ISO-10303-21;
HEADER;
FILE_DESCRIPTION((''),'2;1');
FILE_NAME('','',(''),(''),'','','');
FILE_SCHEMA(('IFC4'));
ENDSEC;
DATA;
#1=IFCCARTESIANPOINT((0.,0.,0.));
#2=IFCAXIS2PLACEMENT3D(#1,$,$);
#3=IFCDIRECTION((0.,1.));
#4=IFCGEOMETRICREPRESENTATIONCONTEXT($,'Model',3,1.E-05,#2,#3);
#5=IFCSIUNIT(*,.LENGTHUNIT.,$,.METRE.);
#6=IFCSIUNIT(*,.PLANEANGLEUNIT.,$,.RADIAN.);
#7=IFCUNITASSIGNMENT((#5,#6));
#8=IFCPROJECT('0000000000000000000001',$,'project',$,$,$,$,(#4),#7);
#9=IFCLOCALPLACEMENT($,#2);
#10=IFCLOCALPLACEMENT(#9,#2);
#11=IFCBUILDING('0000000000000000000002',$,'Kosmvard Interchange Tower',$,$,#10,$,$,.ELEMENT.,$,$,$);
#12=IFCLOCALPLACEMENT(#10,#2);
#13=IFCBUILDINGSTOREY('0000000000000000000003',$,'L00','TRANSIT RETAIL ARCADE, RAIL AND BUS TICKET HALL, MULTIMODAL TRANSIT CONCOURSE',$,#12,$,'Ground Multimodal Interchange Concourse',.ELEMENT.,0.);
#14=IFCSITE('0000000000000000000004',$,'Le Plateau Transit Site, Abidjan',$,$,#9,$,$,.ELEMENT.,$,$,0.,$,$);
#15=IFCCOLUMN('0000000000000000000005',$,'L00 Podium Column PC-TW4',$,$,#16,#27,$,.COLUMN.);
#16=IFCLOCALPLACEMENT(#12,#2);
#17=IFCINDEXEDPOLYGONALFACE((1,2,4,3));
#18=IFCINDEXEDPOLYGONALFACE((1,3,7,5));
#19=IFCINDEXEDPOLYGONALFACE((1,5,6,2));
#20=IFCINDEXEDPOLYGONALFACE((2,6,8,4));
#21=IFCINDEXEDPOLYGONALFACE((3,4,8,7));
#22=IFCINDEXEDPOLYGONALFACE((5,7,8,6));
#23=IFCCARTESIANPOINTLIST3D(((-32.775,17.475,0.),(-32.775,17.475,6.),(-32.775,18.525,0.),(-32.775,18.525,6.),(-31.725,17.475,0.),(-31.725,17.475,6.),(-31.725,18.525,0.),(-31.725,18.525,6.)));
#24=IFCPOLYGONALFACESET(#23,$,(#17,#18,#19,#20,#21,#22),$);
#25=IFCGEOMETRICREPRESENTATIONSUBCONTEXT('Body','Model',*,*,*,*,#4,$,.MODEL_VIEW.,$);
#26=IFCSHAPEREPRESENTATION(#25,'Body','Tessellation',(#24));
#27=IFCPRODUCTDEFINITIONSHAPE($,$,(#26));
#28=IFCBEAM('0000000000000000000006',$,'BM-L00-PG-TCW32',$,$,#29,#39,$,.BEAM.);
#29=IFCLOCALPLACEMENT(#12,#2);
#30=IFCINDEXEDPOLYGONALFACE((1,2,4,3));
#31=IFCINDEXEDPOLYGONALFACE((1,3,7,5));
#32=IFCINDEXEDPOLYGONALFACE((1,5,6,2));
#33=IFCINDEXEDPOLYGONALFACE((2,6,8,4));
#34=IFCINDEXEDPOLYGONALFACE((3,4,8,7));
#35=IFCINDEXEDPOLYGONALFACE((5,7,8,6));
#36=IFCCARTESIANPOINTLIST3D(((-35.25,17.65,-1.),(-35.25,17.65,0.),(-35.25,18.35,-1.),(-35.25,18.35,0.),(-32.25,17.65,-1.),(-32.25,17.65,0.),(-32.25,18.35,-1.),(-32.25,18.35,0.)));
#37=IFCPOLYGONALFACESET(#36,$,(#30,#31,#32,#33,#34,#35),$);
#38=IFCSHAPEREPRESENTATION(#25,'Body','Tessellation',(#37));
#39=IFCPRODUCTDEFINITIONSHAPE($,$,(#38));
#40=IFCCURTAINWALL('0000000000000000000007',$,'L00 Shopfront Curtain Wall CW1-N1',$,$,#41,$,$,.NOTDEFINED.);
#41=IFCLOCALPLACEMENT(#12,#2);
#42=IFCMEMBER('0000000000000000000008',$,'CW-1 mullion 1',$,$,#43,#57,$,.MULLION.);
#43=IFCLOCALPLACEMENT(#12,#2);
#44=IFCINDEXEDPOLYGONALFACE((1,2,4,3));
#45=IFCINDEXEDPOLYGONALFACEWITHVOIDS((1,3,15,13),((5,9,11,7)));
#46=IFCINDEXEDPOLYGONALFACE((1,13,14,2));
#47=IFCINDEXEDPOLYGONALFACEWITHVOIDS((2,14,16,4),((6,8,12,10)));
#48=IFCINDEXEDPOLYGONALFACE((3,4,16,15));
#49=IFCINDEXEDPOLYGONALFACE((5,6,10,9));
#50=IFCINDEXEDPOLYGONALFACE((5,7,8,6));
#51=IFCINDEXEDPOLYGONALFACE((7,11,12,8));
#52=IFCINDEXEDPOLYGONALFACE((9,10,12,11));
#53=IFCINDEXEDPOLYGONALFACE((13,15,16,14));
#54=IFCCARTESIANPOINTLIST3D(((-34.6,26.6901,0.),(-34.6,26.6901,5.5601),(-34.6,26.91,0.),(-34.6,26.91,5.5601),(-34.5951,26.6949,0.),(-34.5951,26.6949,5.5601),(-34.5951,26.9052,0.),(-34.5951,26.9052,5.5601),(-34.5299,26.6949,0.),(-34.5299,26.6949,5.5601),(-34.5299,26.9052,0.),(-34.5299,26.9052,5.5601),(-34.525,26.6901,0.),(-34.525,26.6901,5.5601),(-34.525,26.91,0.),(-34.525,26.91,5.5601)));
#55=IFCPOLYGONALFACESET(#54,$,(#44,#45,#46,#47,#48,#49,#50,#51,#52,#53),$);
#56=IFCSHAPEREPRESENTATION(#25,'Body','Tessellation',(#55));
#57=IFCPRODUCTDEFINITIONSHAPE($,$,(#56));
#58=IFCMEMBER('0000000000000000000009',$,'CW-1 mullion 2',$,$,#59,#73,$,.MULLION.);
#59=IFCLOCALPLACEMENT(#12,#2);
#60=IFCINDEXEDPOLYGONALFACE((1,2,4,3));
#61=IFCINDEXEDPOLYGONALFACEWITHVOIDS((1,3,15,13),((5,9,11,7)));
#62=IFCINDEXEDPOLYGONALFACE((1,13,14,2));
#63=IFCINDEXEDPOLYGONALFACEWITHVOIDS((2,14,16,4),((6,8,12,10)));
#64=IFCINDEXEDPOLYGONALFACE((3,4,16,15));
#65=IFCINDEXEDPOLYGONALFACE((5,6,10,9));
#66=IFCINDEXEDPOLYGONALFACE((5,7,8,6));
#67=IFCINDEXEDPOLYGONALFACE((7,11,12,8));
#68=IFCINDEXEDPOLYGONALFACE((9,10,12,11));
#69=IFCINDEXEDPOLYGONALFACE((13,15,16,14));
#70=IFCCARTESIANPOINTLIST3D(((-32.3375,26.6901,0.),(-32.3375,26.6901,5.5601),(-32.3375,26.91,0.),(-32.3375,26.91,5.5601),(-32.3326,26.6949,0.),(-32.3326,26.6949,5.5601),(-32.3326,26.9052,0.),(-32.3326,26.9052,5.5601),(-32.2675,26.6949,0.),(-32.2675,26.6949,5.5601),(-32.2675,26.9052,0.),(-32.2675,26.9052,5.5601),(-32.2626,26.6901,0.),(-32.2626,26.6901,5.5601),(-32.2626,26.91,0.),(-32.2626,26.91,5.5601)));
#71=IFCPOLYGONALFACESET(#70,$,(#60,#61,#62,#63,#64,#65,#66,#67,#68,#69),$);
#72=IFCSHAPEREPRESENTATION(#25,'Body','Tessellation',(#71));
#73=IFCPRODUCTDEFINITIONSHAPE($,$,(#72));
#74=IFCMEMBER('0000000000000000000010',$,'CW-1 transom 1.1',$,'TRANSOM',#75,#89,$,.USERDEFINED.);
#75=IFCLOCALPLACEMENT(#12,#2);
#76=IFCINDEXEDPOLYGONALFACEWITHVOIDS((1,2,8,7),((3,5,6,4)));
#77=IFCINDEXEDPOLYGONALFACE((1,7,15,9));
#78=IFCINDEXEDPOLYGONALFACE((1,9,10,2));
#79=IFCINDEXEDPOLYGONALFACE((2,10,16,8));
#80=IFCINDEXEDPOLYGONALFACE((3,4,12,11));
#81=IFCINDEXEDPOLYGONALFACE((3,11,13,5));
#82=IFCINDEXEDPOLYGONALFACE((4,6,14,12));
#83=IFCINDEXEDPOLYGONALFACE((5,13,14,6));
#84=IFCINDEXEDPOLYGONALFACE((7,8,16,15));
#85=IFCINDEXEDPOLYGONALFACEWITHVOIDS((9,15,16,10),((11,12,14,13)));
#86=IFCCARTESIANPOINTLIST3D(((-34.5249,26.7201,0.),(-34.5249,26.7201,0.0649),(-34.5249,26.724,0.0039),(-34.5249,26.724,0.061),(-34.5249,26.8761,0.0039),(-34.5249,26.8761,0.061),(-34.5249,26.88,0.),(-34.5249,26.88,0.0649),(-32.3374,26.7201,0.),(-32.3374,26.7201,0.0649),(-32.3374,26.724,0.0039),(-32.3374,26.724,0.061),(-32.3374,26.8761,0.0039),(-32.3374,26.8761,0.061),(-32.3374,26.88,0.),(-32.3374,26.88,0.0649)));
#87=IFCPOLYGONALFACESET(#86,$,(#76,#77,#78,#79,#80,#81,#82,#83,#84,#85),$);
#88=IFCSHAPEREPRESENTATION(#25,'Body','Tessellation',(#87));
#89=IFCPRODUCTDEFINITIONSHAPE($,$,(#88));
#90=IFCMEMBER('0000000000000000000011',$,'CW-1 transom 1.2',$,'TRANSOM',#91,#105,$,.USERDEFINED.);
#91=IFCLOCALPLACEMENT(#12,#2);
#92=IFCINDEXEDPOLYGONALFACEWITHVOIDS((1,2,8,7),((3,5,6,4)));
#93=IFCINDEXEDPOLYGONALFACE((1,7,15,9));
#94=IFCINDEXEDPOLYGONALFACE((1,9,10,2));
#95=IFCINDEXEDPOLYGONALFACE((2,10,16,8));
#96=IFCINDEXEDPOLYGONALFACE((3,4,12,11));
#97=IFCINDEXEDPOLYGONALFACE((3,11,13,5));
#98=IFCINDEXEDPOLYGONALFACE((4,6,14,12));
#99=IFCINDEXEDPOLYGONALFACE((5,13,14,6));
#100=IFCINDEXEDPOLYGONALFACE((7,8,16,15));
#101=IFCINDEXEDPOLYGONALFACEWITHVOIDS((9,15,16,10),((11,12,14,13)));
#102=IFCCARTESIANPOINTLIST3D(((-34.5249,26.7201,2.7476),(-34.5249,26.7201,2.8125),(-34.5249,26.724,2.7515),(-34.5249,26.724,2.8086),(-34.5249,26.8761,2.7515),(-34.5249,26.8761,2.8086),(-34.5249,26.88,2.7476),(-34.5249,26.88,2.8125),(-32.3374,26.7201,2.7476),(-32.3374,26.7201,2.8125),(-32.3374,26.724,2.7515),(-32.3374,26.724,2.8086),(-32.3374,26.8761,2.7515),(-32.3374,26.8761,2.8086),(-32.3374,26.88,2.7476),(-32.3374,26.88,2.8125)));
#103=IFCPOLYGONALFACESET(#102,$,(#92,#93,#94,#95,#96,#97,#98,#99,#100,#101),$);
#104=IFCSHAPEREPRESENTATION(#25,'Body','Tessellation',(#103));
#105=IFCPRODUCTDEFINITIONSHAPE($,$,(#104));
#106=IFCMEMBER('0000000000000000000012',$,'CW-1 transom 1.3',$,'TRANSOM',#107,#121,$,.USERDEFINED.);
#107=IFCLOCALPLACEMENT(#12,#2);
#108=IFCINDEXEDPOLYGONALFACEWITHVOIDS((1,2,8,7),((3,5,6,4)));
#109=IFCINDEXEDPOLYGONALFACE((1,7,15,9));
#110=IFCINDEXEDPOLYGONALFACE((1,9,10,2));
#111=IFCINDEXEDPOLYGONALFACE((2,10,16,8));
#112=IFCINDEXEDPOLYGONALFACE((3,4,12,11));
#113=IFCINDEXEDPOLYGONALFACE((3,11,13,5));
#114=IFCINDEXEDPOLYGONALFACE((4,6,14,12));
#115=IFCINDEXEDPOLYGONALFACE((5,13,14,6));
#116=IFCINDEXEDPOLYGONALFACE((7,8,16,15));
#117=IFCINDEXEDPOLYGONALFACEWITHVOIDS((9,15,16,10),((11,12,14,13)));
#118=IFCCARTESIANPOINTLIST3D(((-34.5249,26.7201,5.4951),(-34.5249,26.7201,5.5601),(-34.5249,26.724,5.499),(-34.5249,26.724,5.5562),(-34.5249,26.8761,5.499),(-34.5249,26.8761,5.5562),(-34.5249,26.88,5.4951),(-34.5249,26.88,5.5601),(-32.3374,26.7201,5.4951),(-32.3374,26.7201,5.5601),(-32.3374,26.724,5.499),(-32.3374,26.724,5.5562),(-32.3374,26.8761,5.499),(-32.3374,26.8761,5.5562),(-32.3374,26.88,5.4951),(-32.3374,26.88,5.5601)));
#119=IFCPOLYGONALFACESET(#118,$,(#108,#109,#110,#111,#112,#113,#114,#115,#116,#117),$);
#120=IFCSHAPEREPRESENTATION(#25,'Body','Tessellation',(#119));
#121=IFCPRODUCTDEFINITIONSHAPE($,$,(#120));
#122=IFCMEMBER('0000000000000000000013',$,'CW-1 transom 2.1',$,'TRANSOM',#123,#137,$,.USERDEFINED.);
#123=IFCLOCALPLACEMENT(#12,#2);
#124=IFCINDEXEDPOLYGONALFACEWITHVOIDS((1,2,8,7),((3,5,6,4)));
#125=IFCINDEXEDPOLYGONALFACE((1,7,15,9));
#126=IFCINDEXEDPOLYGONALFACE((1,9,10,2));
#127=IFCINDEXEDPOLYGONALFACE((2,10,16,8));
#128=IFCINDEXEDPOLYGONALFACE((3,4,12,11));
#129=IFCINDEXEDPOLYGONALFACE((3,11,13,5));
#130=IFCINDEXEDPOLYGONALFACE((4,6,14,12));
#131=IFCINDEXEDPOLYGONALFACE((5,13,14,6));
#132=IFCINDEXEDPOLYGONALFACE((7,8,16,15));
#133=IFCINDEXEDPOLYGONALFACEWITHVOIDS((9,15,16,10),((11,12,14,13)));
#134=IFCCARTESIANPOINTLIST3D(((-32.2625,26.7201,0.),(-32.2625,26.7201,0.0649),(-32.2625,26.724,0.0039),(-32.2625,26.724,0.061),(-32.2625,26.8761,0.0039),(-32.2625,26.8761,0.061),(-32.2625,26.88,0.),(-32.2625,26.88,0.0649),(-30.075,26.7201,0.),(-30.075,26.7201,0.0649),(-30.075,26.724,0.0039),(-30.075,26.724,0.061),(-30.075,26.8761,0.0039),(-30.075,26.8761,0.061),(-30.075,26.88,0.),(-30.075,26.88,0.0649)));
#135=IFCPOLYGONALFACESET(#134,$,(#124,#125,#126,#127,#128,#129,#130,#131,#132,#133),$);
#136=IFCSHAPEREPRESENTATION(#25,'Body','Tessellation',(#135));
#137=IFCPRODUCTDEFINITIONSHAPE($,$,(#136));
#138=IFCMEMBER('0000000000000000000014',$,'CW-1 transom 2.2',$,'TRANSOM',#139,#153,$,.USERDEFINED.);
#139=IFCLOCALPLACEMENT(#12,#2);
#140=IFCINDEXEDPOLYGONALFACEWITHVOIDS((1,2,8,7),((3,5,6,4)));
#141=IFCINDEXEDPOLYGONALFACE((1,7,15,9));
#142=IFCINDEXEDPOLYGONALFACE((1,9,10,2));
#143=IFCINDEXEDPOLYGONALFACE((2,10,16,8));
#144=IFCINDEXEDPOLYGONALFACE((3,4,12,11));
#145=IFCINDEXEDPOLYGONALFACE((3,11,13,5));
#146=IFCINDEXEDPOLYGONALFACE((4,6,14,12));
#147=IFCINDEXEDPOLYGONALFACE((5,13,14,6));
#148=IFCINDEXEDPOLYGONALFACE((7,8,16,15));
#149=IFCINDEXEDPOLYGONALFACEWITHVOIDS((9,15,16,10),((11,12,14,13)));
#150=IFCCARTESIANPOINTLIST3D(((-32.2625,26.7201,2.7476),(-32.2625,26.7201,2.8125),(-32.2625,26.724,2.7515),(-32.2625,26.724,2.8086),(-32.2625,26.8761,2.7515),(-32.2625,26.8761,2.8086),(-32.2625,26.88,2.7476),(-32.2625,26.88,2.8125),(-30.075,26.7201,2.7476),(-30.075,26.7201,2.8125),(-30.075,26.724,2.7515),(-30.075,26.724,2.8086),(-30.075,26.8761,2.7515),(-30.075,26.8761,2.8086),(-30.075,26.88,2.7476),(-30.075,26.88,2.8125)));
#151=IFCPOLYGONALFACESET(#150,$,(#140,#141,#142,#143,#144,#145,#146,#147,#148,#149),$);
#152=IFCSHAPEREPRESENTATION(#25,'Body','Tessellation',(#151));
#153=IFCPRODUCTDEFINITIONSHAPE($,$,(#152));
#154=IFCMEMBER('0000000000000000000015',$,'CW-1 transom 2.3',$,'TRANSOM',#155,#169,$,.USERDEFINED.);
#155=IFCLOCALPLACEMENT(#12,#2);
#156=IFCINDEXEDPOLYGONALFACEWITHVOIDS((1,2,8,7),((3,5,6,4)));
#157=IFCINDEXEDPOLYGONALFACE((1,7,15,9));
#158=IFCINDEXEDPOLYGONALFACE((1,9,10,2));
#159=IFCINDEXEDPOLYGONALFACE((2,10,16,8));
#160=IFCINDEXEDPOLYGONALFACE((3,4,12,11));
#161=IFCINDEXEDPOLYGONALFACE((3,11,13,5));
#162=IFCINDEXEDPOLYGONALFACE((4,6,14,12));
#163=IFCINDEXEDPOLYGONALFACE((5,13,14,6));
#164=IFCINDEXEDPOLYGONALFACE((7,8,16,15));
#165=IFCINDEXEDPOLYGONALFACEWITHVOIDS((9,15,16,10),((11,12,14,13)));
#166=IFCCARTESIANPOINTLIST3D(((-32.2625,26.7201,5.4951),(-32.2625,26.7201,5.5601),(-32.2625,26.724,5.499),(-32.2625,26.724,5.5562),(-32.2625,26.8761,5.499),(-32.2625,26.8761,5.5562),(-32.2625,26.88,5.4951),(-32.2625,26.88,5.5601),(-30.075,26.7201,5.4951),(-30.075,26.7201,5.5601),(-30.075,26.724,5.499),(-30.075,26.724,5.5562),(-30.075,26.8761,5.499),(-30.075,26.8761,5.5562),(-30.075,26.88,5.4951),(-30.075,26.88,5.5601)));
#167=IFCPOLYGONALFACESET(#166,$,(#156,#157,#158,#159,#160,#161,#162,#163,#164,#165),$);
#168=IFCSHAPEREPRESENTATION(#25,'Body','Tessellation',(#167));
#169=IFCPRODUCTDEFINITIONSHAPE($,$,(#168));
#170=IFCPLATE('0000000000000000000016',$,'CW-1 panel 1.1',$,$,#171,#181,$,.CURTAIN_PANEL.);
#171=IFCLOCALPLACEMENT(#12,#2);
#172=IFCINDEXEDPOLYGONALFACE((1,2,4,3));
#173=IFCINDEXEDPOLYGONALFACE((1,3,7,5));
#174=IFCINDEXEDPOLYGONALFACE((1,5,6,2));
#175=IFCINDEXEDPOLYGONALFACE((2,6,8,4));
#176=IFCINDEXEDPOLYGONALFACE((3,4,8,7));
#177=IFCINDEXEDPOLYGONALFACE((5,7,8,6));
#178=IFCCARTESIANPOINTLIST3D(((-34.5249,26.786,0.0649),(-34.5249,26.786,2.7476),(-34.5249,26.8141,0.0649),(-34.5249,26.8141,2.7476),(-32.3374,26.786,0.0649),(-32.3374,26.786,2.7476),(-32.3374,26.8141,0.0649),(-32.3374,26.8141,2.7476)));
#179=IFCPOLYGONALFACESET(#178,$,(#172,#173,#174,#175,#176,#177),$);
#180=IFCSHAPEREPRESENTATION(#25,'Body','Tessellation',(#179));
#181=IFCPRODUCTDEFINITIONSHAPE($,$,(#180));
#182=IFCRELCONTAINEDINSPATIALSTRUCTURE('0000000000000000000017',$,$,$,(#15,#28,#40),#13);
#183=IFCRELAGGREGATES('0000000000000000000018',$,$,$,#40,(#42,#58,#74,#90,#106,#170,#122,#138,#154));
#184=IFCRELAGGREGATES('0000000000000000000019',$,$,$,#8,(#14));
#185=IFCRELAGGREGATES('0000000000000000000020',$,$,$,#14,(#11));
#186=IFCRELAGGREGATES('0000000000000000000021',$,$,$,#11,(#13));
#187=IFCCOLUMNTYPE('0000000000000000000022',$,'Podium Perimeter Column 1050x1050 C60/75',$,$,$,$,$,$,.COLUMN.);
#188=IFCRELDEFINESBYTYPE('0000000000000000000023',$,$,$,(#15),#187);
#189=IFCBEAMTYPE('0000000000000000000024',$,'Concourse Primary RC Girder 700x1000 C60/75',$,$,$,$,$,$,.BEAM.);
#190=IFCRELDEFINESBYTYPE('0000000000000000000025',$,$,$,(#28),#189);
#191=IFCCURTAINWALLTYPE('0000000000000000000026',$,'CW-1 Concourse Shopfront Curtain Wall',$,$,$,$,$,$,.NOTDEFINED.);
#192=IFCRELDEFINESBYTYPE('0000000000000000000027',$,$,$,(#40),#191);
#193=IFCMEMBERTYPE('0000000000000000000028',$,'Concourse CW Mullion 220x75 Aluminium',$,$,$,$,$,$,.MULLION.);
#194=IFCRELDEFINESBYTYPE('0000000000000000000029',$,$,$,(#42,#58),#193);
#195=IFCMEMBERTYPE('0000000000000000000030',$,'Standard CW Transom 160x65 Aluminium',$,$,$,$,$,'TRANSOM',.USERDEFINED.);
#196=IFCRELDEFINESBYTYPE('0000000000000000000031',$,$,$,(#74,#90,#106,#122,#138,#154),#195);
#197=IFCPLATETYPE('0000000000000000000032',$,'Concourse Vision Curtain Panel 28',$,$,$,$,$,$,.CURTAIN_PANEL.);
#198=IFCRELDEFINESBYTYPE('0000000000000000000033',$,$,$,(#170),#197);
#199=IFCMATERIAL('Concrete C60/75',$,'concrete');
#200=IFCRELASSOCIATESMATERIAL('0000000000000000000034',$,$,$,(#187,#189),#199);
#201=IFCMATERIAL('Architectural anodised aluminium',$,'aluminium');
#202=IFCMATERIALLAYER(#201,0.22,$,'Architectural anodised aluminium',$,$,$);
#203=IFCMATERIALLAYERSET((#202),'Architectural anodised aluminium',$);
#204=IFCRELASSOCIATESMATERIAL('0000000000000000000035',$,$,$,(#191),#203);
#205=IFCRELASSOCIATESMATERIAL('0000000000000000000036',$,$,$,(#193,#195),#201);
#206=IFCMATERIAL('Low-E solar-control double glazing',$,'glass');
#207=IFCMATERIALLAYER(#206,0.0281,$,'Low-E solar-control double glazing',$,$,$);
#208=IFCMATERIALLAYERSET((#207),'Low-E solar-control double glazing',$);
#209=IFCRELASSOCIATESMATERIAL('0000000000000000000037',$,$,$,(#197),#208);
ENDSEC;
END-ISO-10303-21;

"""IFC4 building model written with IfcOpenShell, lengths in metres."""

from ifc_helpers import new_model, si_unit, direction, frame, origin, origin_2d, place, context, subcontext, project, spatial, rectangle, hollow_rectangle, extrude, source, transform, mapped, material, layer, layer_set, material_profile, profile_set, type_object, element, aggregate, save


model = new_model("IFC4")

# Units and contexts
model_context = context("Model", 3, precision=1e-05, world=origin(), true_north=direction((0.0, 1.0)))
body_context = subcontext(model_context, "Body", "Model", "MODEL_VIEW")
ifc_project = project(units=[si_unit("LENGTHUNIT", "METRE"), si_unit("PLANEANGLEUNIT", "RADIAN")], contexts=[model_context])

# Site, building, storey
site_placement = place(None, origin())
site = spatial("IfcSite", under=ifc_project, at=site_placement, Name="Le Plateau Transit Site, Abidjan", CompositionType="ELEMENT", RefElevation=0.0)
building_placement = place(site_placement, origin())
building = spatial("IfcBuilding", under=site, at=building_placement, Name="Kosmvard Interchange Tower", CompositionType="ELEMENT")
storey_placement = place(building_placement, origin())
storey = spatial("IfcBuildingStorey", under=building, at=storey_placement, Name="L00", Description="TRANSIT RETAIL ARCADE, RAIL AND BUS TICKET HALL, MULTIMODAL TRANSIT CONCOURSE", LongName="Ground Multimodal Interchange Concourse", CompositionType="ELEMENT", Elevation=0.0)

# Column
ifc_material_1 = material(Name="Concrete C60/75", Category="concrete")
ifc_material_profile_1 = material_profile(ifc_material_1, rectangle(XDim=1.05, YDim=1.05, at=origin_2d()), Name="PC 1050x1050")
ifc_profile_set_1 = profile_set([ifc_material_profile_1], Name="Concrete C60/75")
column_type = type_object("IfcColumnType", Name="Podium Perimeter Column 1050x1050 C60/75", PredefinedType="COLUMN", material=ifc_profile_set_1)
shared_shape_1 = source(origin(), body_context, "Body", "SweptSolid", [
    extrude(rectangle(XDim=1.05, YDim=1.05, at=origin_2d()), origin(), (0.0, 0.0, 1.0), 6.0),
])
column_placement = place(storey_placement, frame((-32.25, 18.0, 0.0), z_axis=(0.0, 0.0, 1.0), x_axis=(1.0, 0.0, 0.0)))
element("IfcColumn", 1, at=column_placement, inside=storey, type_object=column_type, Name="L00 Podium Column PC-TW4", PredefinedType="COLUMN", context=body_context, shape_type="MappedRepresentation", body=[
    mapped(shared_shape_1, transform((0.0, 0.0, 0.0), scale=1.0)),
])

# Beam
ifc_material_profile_2 = material_profile(ifc_material_1, rectangle(XDim=0.7, YDim=1.0, at=origin_2d()), Name="RCG 700x1000")
ifc_profile_set_2 = profile_set([ifc_material_profile_2], Name="Concrete C60/75")
beam_type = type_object("IfcBeamType", Name="Concourse Primary RC Girder 700x1000 C60/75", PredefinedType="BEAM", material=ifc_profile_set_2)
shared_shape_2 = source(origin(), body_context, "Body", "SweptSolid", [
    extrude(rectangle(XDim=0.7, YDim=1.0, at=origin_2d()), origin(), (0.0, 0.0, 1.0), 3.0),
])
beam_placement = place(storey_placement, frame((-32.25, 18.0, -0.5), z_axis=(-1.0, 0.0, 0.0), x_axis=(0.0, -1.0, 0.0)))
element("IfcBeam", 2, at=beam_placement, inside=storey, type_object=beam_type, Name="BM-L00-PG-TCW32", PredefinedType="BEAM", context=body_context, shape_type="MappedRepresentation", body=[
    mapped(shared_shape_2, transform((0.0, 0.0, 0.0), scale=1.0)),
])

# Curtain wall, members, plate
ifc_material_2 = material(Name="Architectural anodised aluminium", Category="aluminium")
ifc_layer_1 = layer(ifc_material_2, 0.22, Name="Architectural anodised aluminium")
ifc_layer_set_1 = layer_set([ifc_layer_1], Name="Architectural anodised aluminium")
curtain_wall_type = type_object("IfcCurtainWallType", Name="CW-1 Concourse Shopfront Curtain Wall", PredefinedType="NOTDEFINED", material=ifc_layer_set_1)
curtain_wall_placement = place(storey_placement, origin())
curtain_wall = element("IfcCurtainWall", 3, at=curtain_wall_placement, inside=storey, type_object=curtain_wall_type, Name="L00 Shopfront Curtain Wall CW1-N1", PredefinedType="NOTDEFINED")
ifc_material_profile_3 = material_profile(ifc_material_2, hollow_rectangle(XDim=0.22, YDim=0.075, WallThickness=0.0049, at=origin_2d()), Name="CWM 220x75x5")
ifc_profile_set_3 = profile_set([ifc_material_profile_3], Name="Architectural anodised aluminium")
member_type_1 = type_object("IfcMemberType", Name="Concourse CW Mullion 220x75 Aluminium", PredefinedType="MULLION", material=ifc_profile_set_3)
shared_shape_3 = source(origin(), body_context, "Body", "SweptSolid", [
    extrude(hollow_rectangle(XDim=0.22, YDim=0.075, WallThickness=0.0049, at=origin_2d()), origin(), (0.0, 0.0, 1.0), 5.5601),
])
member_1_placement = place(storey_placement, frame((-34.5625, 26.8, 0.0), z_axis=(0.0, 0.0, 1.0), x_axis=(0.0, 1.0, 0.0)))
member_1 = element("IfcMember", 4, at=member_1_placement, type_object=member_type_1, Name="CW-1 mullion 1", PredefinedType="MULLION", context=body_context, shape_type="MappedRepresentation", body=[
    mapped(shared_shape_3, transform((0.0, 0.0, 0.0), scale=1.0)),
])
member_2_placement = place(storey_placement, frame((-32.3, 26.8, 0.0), z_axis=(0.0, 0.0, 1.0), x_axis=(0.0, 1.0, 0.0)))
member_2 = element("IfcMember", 5, at=member_2_placement, type_object=member_type_1, Name="CW-1 mullion 2", PredefinedType="MULLION", context=body_context, shape_type="MappedRepresentation", body=[
    mapped(shared_shape_3, transform((0.0, 0.0, 0.0), scale=1.0)),
])
ifc_material_profile_4 = material_profile(ifc_material_2, hollow_rectangle(XDim=0.1599, YDim=0.0649, WallThickness=0.0039, at=origin_2d()), Name="CWT 160x65x4")
ifc_profile_set_4 = profile_set([ifc_material_profile_4], Name="Architectural anodised aluminium")
member_type_2 = type_object("IfcMemberType", Name="Standard CW Transom 160x65 Aluminium", ElementType="TRANSOM", PredefinedType="USERDEFINED", material=ifc_profile_set_4)
shared_shape_4 = source(origin(), body_context, "Body", "SweptSolid", [
    extrude(hollow_rectangle(XDim=0.1599, YDim=0.0649, WallThickness=0.0039, at=origin_2d()), origin(), (0.0, 0.0, 1.0), 2.1875),
])
member_3_placement = place(storey_placement, frame((-34.5249, 26.8, 0.0325), z_axis=(1.0, 0.0, 0.0), x_axis=(0.0, 1.0, 0.0)))
member_3 = element("IfcMember", 6, at=member_3_placement, type_object=member_type_2, Name="CW-1 transom 1.1", ObjectType="TRANSOM", PredefinedType="USERDEFINED", context=body_context, shape_type="MappedRepresentation", body=[
    mapped(shared_shape_4, transform((0.0, 0.0, 0.0), scale=1.0)),
])
member_4_placement = place(storey_placement, frame((-34.5249, 26.8, 2.78), z_axis=(1.0, 0.0, 0.0), x_axis=(0.0, 1.0, 0.0)))
member_4 = element("IfcMember", 7, at=member_4_placement, type_object=member_type_2, Name="CW-1 transom 1.2", ObjectType="TRANSOM", PredefinedType="USERDEFINED", context=body_context, shape_type="MappedRepresentation", body=[
    mapped(shared_shape_4, transform((0.0, 0.0, 0.0), scale=1.0)),
])
member_5_placement = place(storey_placement, frame((-34.5249, 26.8, 5.5276), z_axis=(1.0, 0.0, 0.0), x_axis=(0.0, 1.0, 0.0)))
member_5 = element("IfcMember", 8, at=member_5_placement, type_object=member_type_2, Name="CW-1 transom 1.3", ObjectType="TRANSOM", PredefinedType="USERDEFINED", context=body_context, shape_type="MappedRepresentation", body=[
    mapped(shared_shape_4, transform((0.0, 0.0, 0.0), scale=1.0)),
])
member_6_placement = place(storey_placement, frame((-32.2625, 26.8, 0.0325), z_axis=(1.0, 0.0, 0.0), x_axis=(0.0, 1.0, 0.0)))
member_6 = element("IfcMember", 9, at=member_6_placement, type_object=member_type_2, Name="CW-1 transom 2.1", ObjectType="TRANSOM", PredefinedType="USERDEFINED", context=body_context, shape_type="MappedRepresentation", body=[
    mapped(shared_shape_4, transform((0.0, 0.0, 0.0), scale=1.0)),
])
member_7_placement = place(storey_placement, frame((-32.2625, 26.8, 2.78), z_axis=(1.0, 0.0, 0.0), x_axis=(0.0, 1.0, 0.0)))
member_7 = element("IfcMember", 10, at=member_7_placement, type_object=member_type_2, Name="CW-1 transom 2.2", ObjectType="TRANSOM", PredefinedType="USERDEFINED", context=body_context, shape_type="MappedRepresentation", body=[
    mapped(shared_shape_4, transform((0.0, 0.0, 0.0), scale=1.0)),
])
member_8_placement = place(storey_placement, frame((-32.2625, 26.8, 5.5276), z_axis=(1.0, 0.0, 0.0), x_axis=(0.0, 1.0, 0.0)))
member_8 = element("IfcMember", 11, at=member_8_placement, type_object=member_type_2, Name="CW-1 transom 2.3", ObjectType="TRANSOM", PredefinedType="USERDEFINED", context=body_context, shape_type="MappedRepresentation", body=[
    mapped(shared_shape_4, transform((0.0, 0.0, 0.0), scale=1.0)),
])
ifc_material_3 = material(Name="Low-E solar-control double glazing", Category="glass")
ifc_layer_2 = layer(ifc_material_3, 0.0281, Name="Low-E solar-control double glazing")
ifc_layer_set_2 = layer_set([ifc_layer_2], Name="Low-E solar-control double glazing")
plate_type = type_object("IfcPlateType", Name="Concourse Vision Curtain Panel 28", PredefinedType="CURTAIN_PANEL", material=ifc_layer_set_2)
shared_shape_5 = source(origin(), body_context, "Body", "SweptSolid", [
    extrude(rectangle(XDim=2.1875, YDim=0.0281, at=origin_2d()), origin(), (0.0, 0.0, 1.0), 2.6826),
])
plate_1_placement = place(storey_placement, frame((-33.4312, 26.8, 0.0649), z_axis=(0.0, 0.0, 1.0), x_axis=(1.0, 0.0, 0.0)))
plate_1 = element("IfcPlate", 12, at=plate_1_placement, type_object=plate_type, Name="CW-1 panel 1.1", PredefinedType="CURTAIN_PANEL", context=body_context, shape_type="MappedRepresentation", body=[
    mapped(shared_shape_5, transform((0.0, 0.0, 0.0), scale=1.0)),
])
aggregate(curtain_wall, [member_1, member_2, member_3, member_4, member_5, plate_1, member_6, member_7, member_8])

save(model, "model.ifc")
